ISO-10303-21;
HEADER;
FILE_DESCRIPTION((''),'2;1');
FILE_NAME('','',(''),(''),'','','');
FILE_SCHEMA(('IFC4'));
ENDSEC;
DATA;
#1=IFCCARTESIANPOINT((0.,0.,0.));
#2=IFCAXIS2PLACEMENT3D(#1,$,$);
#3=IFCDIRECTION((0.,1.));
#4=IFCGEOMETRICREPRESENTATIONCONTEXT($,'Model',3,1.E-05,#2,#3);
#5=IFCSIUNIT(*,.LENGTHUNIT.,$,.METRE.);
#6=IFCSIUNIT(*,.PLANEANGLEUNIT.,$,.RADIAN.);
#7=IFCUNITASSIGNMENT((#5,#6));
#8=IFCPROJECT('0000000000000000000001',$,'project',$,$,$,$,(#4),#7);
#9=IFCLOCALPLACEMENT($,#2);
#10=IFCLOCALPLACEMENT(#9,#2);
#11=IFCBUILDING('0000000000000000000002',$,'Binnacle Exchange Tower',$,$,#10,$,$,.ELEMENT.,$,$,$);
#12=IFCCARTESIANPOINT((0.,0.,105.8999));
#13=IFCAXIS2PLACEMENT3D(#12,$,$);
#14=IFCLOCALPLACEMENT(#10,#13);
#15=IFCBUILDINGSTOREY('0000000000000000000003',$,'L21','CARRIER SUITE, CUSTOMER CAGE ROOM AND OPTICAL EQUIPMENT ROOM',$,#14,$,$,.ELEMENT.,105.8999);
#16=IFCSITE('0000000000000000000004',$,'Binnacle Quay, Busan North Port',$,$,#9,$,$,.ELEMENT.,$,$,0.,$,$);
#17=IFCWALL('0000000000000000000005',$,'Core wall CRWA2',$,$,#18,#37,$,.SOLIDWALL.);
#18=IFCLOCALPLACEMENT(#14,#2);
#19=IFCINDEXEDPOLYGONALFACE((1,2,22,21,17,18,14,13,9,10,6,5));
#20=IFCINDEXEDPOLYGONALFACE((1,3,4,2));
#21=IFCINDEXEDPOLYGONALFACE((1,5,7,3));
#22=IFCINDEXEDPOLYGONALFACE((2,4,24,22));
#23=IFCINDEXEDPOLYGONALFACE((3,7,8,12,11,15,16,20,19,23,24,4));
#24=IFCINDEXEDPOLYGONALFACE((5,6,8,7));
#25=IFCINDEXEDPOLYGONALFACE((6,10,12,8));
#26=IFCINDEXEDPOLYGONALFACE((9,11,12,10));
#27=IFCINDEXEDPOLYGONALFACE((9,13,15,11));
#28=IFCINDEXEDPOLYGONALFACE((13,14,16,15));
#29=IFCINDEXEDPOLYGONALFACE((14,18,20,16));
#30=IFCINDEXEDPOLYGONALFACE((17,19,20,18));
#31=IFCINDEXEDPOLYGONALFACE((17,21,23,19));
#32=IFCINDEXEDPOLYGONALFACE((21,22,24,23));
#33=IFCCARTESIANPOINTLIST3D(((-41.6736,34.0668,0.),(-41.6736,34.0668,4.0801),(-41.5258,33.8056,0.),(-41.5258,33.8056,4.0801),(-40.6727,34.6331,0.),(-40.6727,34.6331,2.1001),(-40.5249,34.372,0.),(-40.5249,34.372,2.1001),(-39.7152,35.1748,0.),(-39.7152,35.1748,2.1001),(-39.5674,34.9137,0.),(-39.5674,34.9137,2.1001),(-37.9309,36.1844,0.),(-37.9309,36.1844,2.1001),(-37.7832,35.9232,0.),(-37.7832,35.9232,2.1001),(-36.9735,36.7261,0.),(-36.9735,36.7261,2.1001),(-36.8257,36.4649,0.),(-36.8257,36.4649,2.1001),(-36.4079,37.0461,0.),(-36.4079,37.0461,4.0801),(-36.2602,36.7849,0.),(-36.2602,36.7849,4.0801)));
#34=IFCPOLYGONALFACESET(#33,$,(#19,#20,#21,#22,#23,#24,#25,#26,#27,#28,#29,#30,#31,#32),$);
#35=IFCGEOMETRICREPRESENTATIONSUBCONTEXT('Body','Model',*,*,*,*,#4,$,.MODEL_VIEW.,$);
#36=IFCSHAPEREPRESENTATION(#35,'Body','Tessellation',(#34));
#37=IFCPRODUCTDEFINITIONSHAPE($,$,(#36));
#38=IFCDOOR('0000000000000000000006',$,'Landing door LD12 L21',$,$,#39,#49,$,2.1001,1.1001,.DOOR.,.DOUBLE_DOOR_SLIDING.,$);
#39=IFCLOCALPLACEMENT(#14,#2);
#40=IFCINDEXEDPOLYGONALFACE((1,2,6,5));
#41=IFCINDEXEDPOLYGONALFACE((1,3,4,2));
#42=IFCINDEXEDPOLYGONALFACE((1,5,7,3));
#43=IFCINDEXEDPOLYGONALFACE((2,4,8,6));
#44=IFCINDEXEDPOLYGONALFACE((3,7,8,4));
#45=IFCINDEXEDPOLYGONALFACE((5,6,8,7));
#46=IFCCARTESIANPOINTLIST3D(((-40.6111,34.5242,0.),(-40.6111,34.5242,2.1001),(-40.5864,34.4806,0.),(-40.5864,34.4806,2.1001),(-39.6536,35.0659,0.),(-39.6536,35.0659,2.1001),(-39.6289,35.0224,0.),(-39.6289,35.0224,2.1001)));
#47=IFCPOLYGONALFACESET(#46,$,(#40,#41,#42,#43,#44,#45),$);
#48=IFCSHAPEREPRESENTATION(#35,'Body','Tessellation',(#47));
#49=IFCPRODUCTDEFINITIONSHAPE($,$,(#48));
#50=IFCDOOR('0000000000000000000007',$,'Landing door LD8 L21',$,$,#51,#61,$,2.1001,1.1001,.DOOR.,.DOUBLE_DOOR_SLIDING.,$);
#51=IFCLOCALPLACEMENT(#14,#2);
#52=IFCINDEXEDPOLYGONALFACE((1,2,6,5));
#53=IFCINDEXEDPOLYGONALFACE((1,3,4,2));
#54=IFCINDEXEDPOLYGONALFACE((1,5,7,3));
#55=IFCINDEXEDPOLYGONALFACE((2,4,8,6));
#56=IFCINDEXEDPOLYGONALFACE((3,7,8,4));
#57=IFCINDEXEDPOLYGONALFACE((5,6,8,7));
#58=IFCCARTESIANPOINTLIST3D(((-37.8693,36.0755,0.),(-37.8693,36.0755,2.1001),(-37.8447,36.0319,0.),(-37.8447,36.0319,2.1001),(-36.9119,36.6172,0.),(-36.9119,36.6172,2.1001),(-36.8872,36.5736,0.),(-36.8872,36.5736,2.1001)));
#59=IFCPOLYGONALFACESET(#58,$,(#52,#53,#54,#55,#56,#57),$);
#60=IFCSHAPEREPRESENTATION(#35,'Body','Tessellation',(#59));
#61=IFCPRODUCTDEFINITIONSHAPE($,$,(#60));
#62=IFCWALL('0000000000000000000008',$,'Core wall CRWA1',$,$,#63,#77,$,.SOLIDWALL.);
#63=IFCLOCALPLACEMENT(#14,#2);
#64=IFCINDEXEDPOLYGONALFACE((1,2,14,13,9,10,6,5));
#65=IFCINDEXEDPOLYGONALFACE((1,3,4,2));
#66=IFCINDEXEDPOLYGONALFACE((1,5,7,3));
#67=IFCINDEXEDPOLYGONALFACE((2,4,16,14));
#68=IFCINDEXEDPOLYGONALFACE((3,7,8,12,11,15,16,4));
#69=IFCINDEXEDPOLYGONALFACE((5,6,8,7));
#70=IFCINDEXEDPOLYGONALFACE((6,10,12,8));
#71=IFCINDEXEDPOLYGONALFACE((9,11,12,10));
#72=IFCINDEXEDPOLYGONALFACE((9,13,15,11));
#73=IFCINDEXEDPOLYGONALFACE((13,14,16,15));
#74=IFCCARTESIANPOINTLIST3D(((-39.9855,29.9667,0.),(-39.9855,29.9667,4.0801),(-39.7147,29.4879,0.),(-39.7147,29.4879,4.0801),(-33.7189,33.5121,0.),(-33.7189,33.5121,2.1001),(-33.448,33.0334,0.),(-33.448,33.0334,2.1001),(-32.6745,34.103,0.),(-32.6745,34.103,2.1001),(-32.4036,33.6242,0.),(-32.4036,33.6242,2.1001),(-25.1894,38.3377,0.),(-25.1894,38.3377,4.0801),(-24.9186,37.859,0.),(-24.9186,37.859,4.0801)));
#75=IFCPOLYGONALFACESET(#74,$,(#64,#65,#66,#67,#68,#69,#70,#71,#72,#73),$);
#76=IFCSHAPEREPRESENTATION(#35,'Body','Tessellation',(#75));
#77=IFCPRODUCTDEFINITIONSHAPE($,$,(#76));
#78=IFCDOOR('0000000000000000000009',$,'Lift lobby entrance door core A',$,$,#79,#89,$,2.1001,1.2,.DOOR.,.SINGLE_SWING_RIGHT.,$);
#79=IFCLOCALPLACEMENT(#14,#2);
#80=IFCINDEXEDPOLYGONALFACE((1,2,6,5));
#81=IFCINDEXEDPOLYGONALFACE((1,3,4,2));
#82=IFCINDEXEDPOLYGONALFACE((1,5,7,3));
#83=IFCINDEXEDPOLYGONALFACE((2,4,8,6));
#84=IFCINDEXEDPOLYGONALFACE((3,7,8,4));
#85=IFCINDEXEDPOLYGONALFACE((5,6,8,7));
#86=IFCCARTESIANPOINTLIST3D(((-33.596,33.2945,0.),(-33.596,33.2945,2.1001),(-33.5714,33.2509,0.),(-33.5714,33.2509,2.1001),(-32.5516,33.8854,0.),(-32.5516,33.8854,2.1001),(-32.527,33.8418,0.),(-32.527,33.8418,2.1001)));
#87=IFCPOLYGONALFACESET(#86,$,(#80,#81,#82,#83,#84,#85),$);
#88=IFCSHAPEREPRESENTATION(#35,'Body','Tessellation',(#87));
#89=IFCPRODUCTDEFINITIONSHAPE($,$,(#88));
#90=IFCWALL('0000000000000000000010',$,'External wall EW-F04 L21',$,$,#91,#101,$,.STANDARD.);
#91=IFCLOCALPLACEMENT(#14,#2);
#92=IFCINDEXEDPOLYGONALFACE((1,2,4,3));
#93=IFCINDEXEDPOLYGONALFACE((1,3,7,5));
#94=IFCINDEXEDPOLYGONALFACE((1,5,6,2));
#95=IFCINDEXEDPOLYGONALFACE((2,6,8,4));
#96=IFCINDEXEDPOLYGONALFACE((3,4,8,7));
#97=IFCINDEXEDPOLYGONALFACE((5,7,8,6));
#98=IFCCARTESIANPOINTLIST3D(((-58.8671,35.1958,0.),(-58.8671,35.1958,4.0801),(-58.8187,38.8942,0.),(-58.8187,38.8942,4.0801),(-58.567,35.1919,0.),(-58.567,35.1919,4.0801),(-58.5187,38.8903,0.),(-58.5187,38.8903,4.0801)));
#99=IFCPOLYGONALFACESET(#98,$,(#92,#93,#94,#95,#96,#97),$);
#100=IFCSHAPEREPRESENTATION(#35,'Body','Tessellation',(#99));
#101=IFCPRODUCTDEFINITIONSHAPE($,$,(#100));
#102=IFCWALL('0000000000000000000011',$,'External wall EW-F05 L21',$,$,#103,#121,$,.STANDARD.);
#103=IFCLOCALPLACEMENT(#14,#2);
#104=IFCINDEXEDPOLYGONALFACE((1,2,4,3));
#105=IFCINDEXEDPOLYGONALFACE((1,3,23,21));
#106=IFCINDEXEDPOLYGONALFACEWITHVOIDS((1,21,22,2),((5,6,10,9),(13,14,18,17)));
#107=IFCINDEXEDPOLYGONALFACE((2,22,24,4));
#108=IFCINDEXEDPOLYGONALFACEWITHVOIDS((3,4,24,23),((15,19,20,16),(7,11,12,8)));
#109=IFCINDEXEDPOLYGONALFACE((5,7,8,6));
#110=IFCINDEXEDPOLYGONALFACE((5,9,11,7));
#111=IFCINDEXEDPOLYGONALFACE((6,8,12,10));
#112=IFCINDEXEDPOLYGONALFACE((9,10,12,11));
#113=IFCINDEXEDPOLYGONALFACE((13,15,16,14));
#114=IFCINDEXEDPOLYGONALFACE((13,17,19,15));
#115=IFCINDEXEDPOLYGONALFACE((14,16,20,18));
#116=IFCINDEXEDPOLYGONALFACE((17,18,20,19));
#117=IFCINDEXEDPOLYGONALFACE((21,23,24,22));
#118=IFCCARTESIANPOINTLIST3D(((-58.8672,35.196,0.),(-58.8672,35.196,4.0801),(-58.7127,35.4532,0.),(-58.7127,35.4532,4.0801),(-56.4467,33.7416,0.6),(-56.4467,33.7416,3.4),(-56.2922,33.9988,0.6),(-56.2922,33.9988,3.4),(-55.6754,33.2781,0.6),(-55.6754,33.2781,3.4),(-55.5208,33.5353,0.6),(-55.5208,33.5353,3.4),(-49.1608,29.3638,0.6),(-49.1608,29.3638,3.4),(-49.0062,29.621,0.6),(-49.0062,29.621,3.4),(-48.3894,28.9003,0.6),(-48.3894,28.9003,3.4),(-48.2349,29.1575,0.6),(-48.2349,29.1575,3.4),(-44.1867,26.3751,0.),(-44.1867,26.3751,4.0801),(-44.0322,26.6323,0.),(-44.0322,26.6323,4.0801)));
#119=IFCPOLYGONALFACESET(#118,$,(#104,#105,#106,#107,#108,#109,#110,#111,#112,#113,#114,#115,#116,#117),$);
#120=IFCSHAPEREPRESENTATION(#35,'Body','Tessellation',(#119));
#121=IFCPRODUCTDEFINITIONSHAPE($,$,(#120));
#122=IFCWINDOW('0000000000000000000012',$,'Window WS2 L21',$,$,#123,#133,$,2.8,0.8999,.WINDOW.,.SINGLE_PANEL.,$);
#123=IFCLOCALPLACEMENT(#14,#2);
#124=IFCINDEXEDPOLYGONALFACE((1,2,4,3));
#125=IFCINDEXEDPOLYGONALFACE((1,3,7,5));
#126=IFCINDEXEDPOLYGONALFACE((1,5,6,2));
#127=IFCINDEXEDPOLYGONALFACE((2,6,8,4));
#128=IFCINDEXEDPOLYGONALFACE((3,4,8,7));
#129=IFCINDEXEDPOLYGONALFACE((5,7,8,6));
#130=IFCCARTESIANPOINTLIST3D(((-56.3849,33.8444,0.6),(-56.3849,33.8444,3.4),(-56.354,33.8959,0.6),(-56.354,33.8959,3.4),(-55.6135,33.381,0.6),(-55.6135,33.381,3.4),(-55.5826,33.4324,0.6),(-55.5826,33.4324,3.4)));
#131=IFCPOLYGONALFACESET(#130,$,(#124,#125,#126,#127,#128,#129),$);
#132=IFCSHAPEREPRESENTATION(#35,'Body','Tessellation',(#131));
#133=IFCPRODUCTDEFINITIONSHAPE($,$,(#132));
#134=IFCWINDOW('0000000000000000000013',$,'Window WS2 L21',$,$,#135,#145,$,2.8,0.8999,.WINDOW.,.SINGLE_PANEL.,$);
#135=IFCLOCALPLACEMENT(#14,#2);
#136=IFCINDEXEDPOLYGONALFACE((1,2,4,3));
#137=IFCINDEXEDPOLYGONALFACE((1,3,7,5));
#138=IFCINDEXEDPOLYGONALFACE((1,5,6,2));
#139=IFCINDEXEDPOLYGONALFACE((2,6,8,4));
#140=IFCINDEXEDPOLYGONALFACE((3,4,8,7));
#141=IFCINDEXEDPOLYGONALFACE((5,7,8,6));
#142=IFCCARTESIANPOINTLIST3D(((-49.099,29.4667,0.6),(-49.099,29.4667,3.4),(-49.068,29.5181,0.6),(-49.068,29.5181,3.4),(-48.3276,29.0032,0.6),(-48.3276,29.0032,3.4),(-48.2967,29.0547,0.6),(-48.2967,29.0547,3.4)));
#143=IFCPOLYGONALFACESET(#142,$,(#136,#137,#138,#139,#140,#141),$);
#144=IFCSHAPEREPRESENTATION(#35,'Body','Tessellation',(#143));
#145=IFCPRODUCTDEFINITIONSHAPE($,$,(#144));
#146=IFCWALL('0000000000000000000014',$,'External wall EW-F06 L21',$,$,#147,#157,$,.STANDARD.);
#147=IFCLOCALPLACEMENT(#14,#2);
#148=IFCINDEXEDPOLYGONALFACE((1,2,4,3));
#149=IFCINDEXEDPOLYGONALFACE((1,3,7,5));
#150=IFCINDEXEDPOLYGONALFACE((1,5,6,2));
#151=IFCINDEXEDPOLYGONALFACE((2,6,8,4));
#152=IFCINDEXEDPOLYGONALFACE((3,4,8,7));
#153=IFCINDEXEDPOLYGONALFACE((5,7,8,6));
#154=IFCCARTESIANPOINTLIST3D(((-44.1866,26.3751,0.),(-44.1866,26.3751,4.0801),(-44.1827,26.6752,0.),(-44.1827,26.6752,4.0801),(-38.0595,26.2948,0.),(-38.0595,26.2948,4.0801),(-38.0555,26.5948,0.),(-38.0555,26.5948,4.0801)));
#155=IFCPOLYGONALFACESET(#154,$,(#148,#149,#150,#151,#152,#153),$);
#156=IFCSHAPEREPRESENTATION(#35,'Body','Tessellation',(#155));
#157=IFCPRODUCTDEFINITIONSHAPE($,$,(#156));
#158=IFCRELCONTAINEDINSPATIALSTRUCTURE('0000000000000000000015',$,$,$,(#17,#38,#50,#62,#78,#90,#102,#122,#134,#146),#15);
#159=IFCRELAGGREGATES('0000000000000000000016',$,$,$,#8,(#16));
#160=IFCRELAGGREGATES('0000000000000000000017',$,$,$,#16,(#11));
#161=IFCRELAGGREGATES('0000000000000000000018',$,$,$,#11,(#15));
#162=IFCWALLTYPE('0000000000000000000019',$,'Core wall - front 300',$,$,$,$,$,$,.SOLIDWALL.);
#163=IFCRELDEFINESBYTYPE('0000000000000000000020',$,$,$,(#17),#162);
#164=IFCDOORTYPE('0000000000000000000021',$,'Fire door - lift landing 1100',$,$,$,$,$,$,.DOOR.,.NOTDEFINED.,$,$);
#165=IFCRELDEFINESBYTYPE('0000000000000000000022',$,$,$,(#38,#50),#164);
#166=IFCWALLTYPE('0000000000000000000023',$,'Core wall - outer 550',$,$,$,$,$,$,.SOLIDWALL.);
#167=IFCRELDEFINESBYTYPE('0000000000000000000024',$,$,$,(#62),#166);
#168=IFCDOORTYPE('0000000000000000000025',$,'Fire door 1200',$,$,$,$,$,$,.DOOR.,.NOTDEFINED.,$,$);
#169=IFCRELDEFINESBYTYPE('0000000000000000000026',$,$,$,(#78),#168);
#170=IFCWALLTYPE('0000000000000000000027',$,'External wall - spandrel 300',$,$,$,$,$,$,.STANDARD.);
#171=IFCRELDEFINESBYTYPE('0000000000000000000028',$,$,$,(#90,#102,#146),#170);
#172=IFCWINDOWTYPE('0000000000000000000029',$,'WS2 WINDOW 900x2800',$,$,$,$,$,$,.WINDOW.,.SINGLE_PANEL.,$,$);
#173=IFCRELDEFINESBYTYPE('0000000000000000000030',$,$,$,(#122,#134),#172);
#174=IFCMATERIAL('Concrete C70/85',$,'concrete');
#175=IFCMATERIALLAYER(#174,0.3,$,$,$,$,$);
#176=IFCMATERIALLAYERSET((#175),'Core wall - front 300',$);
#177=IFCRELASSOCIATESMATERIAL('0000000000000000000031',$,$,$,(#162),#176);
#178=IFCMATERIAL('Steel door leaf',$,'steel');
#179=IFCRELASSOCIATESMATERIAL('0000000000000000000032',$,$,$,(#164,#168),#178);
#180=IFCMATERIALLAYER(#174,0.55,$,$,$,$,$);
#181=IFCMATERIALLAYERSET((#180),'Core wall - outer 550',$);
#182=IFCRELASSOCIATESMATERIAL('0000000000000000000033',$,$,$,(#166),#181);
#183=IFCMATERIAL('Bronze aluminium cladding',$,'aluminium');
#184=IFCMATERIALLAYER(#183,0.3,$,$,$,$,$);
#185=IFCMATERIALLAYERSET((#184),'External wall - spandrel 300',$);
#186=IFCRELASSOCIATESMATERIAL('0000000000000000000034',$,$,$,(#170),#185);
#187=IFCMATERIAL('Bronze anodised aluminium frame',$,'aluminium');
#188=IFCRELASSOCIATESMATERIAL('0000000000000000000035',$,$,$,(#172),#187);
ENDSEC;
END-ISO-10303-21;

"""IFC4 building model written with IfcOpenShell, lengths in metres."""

from ifc_helpers import new_model, si_unit, direction, frame, frame_2d, origin, place, context, subcontext, project, spatial, rectangle, extrude, material, layer, layer_set, type_object, element, fill, save


model = new_model("IFC4")

# Units and contexts
model_context = context("Model", 3, precision=1e-05, world=origin(), true_north=direction((0.0, 1.0)))
body_context = subcontext(model_context, "Body", "Model", "MODEL_VIEW")
ifc_project = project(units=[si_unit("LENGTHUNIT", "METRE"), si_unit("PLANEANGLEUNIT", "RADIAN")], contexts=[model_context])

# Site, building, storey
site_placement = place(None, origin())
site = spatial("IfcSite", under=ifc_project, at=site_placement, Name="Binnacle Quay, Busan North Port", CompositionType="ELEMENT", RefElevation=0.0)
building_placement = place(site_placement, origin())
building = spatial("IfcBuilding", under=site, at=building_placement, Name="Binnacle Exchange Tower", CompositionType="ELEMENT")
storey_placement = place(building_placement, frame((0.0, 0.0, 105.8999)))
storey = spatial("IfcBuildingStorey", under=building, at=storey_placement, Name="L21", Description="CARRIER SUITE, CUSTOMER CAGE ROOM AND OPTICAL EQUIPMENT ROOM", CompositionType="ELEMENT", Elevation=105.8999)

# Shared definitions
ifc_material_1 = material(Name="Concrete C70/85", Category="concrete")

# Wall, openings, doors
ifc_layer_1 = layer(ifc_material_1, 0.3)
ifc_layer_set_1 = layer_set([ifc_layer_1], Name="Core wall - front 300")
wall_type_1 = type_object("IfcWallType", Name="Core wall - front 300", PredefinedType="SOLIDWALL", material=ifc_layer_set_1)
wall_1_placement = place(storey_placement, frame((-41.5996, 33.9363, 0.0), z_axis=(0.0, 0.0, 1.0), x_axis=(0.870349, 0.492436, 0.0)))
wall_1 = element("IfcWall", 1, at=wall_1_placement, inside=storey, type_object=wall_type_1, Name="Core wall CRWA2", PredefinedType="SOLIDWALL", context=body_context, shape_type="SweptSolid", body=[
    extrude(rectangle(XDim=6.05, YDim=0.3, at=frame_2d((3.0249, 0.0))), origin(), (0.0, 0.0, 1.0), 4.0801),
])
opening_1_placement = place(wall_1_placement, frame((1.1499, 0.0, 0.0)))
opening_1 = element("IfcOpeningElement", 2, at=opening_1_placement, cuts=wall_1, PredefinedType="OPENING", context=body_context, shape_type="SweptSolid", body=[
    extrude(rectangle(XDim=1.1001, YDim=2.1001, at=frame_2d((0.55, 1.05))), frame((0.0, 0.1599, 0.0), z_axis=(0.0, -1.0, 0.0), x_axis=(1.0, 0.0, 0.0)), (0.0, 0.0, 1.0), 0.3201),
])
opening_2_placement = place(wall_1_placement, frame((4.3, 0.0, 0.0)))
opening_2 = element("IfcOpeningElement", 3, at=opening_2_placement, cuts=wall_1, PredefinedType="OPENING", context=body_context, shape_type="SweptSolid", body=[
    extrude(rectangle(XDim=1.1001, YDim=2.1001, at=frame_2d((0.55, 1.05))), frame((0.0, 0.1599, 0.0), z_axis=(0.0, -1.0, 0.0), x_axis=(1.0, 0.0, 0.0)), (0.0, 0.0, 1.0), 0.3201),
])
ifc_material_2 = material(Name="Steel door leaf", Category="steel")
door_type_1 = type_object("IfcDoorType", Name="Fire door - lift landing 1100", OperationType="NOTDEFINED", PredefinedType="DOOR", material=ifc_material_2)
door_1_placement = place(opening_1_placement, origin())
door_1 = element("IfcDoor", 4, at=door_1_placement, inside=storey, type_object=door_type_1, Name="Landing door LD12 L21", OperationType="DOUBLE_DOOR_SLIDING", OverallHeight=2.1001, OverallWidth=1.1001, PredefinedType="DOOR", context=body_context, shape_type="SweptSolid", body=[
    extrude(rectangle(XDim=1.1001, YDim=2.1001, at=frame_2d((0.55, 1.05))), frame((0.0, 0.0249, 0.0), z_axis=(0.0, -1.0, 0.0), x_axis=(1.0, 0.0, 0.0)), (0.0, 0.0, 1.0), 0.05),
])
fill(opening_1, door_1)
door_2_placement = place(opening_2_placement, origin())
door_2 = element("IfcDoor", 5, at=door_2_placement, inside=storey, type_object=door_type_1, Name="Landing door LD8 L21", OperationType="DOUBLE_DOOR_SLIDING", OverallHeight=2.1001, OverallWidth=1.1001, PredefinedType="DOOR", context=body_context, shape_type="SweptSolid", body=[
    extrude(rectangle(XDim=1.1001, YDim=2.1001, at=frame_2d((0.55, 1.05))), frame((0.0, 0.0249, 0.0), z_axis=(0.0, -1.0, 0.0), x_axis=(1.0, 0.0, 0.0)), (0.0, 0.0, 1.0), 0.05),
])
fill(opening_2, door_2)

# Wall, opening, door
ifc_layer_2 = layer(ifc_material_1, 0.55)
ifc_layer_set_2 = layer_set([ifc_layer_2], Name="Core wall - outer 550")
wall_type_2 = type_object("IfcWallType", Name="Core wall - outer 550", PredefinedType="SOLIDWALL", material=ifc_layer_set_2)
wall_2_placement = place(storey_placement, frame((-39.8501, 29.7273, 0.0), z_axis=(0.0, 0.0, 1.0), x_axis=(0.87036, 0.492416, 0.0)))
wall_2 = element("IfcWall", 6, at=wall_2_placement, inside=storey, type_object=wall_type_2, Name="Core wall CRWA1", PredefinedType="SOLIDWALL", context=body_context, shape_type="SweptSolid", body=[
    extrude(rectangle(XDim=17.0, YDim=0.55, at=frame_2d((8.5, 0.0))), origin(), (0.0, 0.0, 1.0), 4.0801),
])
opening_3_placement = place(wall_2_placement, frame((7.2, 0.0, 0.0)))
opening_3 = element("IfcOpeningElement", 7, at=opening_3_placement, cuts=wall_2, PredefinedType="OPENING", context=body_context, shape_type="SweptSolid", body=[
    extrude(rectangle(XDim=1.2, YDim=2.1001, at=frame_2d((0.6001, 1.05))), frame((0.0, 0.2849, 0.0), z_axis=(0.0, -1.0, 0.0), x_axis=(1.0, 0.0, 0.0)), (0.0, 0.0, 1.0), 0.5701),
])
door_type_2 = type_object("IfcDoorType", Name="Fire door 1200", OperationType="NOTDEFINED", PredefinedType="DOOR", material=ifc_material_2)
door_3_placement = place(opening_3_placement, frame((1.2, 0.0, 0.0), z_axis=(0.0, 0.0, 1.0), x_axis=(-1.0, 0.0, 0.0)))
door_3 = element("IfcDoor", 8, at=door_3_placement, inside=storey, type_object=door_type_2, Name="Lift lobby entrance door core A", OperationType="SINGLE_SWING_RIGHT", OverallHeight=2.1001, OverallWidth=1.2, PredefinedType="DOOR", context=body_context, shape_type="SweptSolid", body=[
    extrude(rectangle(XDim=1.2, YDim=2.1001, at=frame_2d((0.6001, 1.05))), frame((0.0, 0.0249, 0.0), z_axis=(0.0, -1.0, 0.0), x_axis=(1.0, 0.0, 0.0)), (0.0, 0.0, 1.0), 0.05),
])
fill(opening_3, door_3)

# Wall
ifc_material_3 = material(Name="Bronze aluminium cladding", Category="aluminium")
ifc_layer_3 = layer(ifc_material_3, 0.3)
ifc_layer_set_3 = layer_set([ifc_layer_3], Name="External wall - spandrel 300")
wall_type_3 = type_object("IfcWallType", Name="External wall - spandrel 300", PredefinedType="STANDARD", material=ifc_layer_set_3)
wall_3_placement = place(storey_placement, frame((-58.717, 35.1938, 0.0), z_axis=(0.0, 0.0, 1.0), x_axis=(0.013069, 0.999915, 0.0)))
element("IfcWall", 9, at=wall_3_placement, inside=storey, type_object=wall_type_3, Name="External wall EW-F04 L21", PredefinedType="STANDARD", context=body_context, shape_type="SweptSolid", body=[
    extrude(rectangle(XDim=3.6987, YDim=0.3, at=frame_2d((1.8494, 0.0))), origin(), (0.0, 0.0, 1.0), 4.0801),
])

# Wall, openings, windows
wall_4_placement = place(storey_placement, frame((-44.1094, 26.5037, 0.0), z_axis=(0.0, 0.0, 1.0), x_axis=(-0.85717, 0.515034, 0.0)))
wall_4 = element("IfcWall", 10, at=wall_4_placement, inside=storey, type_object=wall_type_3, Name="External wall EW-F05 L21", PredefinedType="STANDARD", context=body_context, shape_type="SweptSolid", body=[
    extrude(rectangle(XDim=17.1267, YDim=0.3, at=frame_2d((8.5635, 0.0))), origin(), (0.0, 0.0, 1.0), 4.0801),
])
opening_4_placement = place(wall_4_placement, frame((13.4031, 0.0, 0.6001)))
opening_4 = element("IfcOpeningElement", 11, at=opening_4_placement, cuts=wall_4, PredefinedType="OPENING", context=body_context, shape_type="SweptSolid", body=[
    extrude(rectangle(XDim=0.8999, YDim=2.8, at=frame_2d((0.45, 1.3999))), frame((0.0, 0.1599, 0.0), z_axis=(0.0, -1.0, 0.0), x_axis=(1.0, 0.0, 0.0)), (0.0, 0.0, 1.0), 0.3201),
])
opening_5_placement = place(wall_4_placement, frame((4.9031, 0.0, 0.6001)))
opening_5 = element("IfcOpeningElement", 12, at=opening_5_placement, cuts=wall_4, PredefinedType="OPENING", context=body_context, shape_type="SweptSolid", body=[
    extrude(rectangle(XDim=0.8999, YDim=2.8, at=frame_2d((0.45, 1.3999))), frame((0.0, 0.1599, 0.0), z_axis=(0.0, -1.0, 0.0), x_axis=(1.0, 0.0, 0.0)), (0.0, 0.0, 1.0), 0.3201),
])
ifc_material_4 = material(Name="Bronze anodised aluminium frame", Category="aluminium")
window_type = type_object("IfcWindowType", Name="WS2 WINDOW 900x2800", PartitioningType="SINGLE_PANEL", PredefinedType="WINDOW", material=ifc_material_4)
window_1_placement = place(opening_4_placement, origin())
window_1 = element("IfcWindow", 13, at=window_1_placement, inside=storey, type_object=window_type, Name="Window WS2 L21", OverallHeight=2.8, OverallWidth=0.8999, PartitioningType="SINGLE_PANEL", PredefinedType="WINDOW", context=body_context, shape_type="SweptSolid", body=[
    extrude(rectangle(XDim=0.8999, YDim=2.8, at=frame_2d((0.45, 1.3999))), frame((0.0, 0.03, 0.0), z_axis=(0.0, -1.0, 0.0), x_axis=(1.0, 0.0, 0.0)), (0.0, 0.0, 1.0), 0.0601),
])
fill(opening_4, window_1)
window_2_placement = place(opening_5_placement, origin())
window_2 = element("IfcWindow", 14, at=window_2_placement, inside=storey, type_object=window_type, Name="Window WS2 L21", OverallHeight=2.8, OverallWidth=0.8999, PartitioningType="SINGLE_PANEL", PredefinedType="WINDOW", context=body_context, shape_type="SweptSolid", body=[
    extrude(rectangle(XDim=0.8999, YDim=2.8, at=frame_2d((0.45, 1.3999))), frame((0.0, 0.03, 0.0), z_axis=(0.0, -1.0, 0.0), x_axis=(1.0, 0.0, 0.0)), (0.0, 0.0, 1.0), 0.0601),
])
fill(opening_5, window_2)

# Wall
wall_5_placement = place(storey_placement, frame((-38.0574, 26.4448, 0.0), z_axis=(0.0, 0.0, 1.0), x_axis=(-0.999914, 0.013108, 0.0)))
element("IfcWall", 15, at=wall_5_placement, inside=storey, type_object=wall_type_3, Name="External wall EW-F06 L21", PredefinedType="STANDARD", context=body_context, shape_type="SweptSolid", body=[
    extrude(rectangle(XDim=6.1277, YDim=0.3, at=frame_2d((3.064, 0.0))), origin(), (0.0, 0.0, 1.0), 4.0801),
])

save(model, "model.ifc")
